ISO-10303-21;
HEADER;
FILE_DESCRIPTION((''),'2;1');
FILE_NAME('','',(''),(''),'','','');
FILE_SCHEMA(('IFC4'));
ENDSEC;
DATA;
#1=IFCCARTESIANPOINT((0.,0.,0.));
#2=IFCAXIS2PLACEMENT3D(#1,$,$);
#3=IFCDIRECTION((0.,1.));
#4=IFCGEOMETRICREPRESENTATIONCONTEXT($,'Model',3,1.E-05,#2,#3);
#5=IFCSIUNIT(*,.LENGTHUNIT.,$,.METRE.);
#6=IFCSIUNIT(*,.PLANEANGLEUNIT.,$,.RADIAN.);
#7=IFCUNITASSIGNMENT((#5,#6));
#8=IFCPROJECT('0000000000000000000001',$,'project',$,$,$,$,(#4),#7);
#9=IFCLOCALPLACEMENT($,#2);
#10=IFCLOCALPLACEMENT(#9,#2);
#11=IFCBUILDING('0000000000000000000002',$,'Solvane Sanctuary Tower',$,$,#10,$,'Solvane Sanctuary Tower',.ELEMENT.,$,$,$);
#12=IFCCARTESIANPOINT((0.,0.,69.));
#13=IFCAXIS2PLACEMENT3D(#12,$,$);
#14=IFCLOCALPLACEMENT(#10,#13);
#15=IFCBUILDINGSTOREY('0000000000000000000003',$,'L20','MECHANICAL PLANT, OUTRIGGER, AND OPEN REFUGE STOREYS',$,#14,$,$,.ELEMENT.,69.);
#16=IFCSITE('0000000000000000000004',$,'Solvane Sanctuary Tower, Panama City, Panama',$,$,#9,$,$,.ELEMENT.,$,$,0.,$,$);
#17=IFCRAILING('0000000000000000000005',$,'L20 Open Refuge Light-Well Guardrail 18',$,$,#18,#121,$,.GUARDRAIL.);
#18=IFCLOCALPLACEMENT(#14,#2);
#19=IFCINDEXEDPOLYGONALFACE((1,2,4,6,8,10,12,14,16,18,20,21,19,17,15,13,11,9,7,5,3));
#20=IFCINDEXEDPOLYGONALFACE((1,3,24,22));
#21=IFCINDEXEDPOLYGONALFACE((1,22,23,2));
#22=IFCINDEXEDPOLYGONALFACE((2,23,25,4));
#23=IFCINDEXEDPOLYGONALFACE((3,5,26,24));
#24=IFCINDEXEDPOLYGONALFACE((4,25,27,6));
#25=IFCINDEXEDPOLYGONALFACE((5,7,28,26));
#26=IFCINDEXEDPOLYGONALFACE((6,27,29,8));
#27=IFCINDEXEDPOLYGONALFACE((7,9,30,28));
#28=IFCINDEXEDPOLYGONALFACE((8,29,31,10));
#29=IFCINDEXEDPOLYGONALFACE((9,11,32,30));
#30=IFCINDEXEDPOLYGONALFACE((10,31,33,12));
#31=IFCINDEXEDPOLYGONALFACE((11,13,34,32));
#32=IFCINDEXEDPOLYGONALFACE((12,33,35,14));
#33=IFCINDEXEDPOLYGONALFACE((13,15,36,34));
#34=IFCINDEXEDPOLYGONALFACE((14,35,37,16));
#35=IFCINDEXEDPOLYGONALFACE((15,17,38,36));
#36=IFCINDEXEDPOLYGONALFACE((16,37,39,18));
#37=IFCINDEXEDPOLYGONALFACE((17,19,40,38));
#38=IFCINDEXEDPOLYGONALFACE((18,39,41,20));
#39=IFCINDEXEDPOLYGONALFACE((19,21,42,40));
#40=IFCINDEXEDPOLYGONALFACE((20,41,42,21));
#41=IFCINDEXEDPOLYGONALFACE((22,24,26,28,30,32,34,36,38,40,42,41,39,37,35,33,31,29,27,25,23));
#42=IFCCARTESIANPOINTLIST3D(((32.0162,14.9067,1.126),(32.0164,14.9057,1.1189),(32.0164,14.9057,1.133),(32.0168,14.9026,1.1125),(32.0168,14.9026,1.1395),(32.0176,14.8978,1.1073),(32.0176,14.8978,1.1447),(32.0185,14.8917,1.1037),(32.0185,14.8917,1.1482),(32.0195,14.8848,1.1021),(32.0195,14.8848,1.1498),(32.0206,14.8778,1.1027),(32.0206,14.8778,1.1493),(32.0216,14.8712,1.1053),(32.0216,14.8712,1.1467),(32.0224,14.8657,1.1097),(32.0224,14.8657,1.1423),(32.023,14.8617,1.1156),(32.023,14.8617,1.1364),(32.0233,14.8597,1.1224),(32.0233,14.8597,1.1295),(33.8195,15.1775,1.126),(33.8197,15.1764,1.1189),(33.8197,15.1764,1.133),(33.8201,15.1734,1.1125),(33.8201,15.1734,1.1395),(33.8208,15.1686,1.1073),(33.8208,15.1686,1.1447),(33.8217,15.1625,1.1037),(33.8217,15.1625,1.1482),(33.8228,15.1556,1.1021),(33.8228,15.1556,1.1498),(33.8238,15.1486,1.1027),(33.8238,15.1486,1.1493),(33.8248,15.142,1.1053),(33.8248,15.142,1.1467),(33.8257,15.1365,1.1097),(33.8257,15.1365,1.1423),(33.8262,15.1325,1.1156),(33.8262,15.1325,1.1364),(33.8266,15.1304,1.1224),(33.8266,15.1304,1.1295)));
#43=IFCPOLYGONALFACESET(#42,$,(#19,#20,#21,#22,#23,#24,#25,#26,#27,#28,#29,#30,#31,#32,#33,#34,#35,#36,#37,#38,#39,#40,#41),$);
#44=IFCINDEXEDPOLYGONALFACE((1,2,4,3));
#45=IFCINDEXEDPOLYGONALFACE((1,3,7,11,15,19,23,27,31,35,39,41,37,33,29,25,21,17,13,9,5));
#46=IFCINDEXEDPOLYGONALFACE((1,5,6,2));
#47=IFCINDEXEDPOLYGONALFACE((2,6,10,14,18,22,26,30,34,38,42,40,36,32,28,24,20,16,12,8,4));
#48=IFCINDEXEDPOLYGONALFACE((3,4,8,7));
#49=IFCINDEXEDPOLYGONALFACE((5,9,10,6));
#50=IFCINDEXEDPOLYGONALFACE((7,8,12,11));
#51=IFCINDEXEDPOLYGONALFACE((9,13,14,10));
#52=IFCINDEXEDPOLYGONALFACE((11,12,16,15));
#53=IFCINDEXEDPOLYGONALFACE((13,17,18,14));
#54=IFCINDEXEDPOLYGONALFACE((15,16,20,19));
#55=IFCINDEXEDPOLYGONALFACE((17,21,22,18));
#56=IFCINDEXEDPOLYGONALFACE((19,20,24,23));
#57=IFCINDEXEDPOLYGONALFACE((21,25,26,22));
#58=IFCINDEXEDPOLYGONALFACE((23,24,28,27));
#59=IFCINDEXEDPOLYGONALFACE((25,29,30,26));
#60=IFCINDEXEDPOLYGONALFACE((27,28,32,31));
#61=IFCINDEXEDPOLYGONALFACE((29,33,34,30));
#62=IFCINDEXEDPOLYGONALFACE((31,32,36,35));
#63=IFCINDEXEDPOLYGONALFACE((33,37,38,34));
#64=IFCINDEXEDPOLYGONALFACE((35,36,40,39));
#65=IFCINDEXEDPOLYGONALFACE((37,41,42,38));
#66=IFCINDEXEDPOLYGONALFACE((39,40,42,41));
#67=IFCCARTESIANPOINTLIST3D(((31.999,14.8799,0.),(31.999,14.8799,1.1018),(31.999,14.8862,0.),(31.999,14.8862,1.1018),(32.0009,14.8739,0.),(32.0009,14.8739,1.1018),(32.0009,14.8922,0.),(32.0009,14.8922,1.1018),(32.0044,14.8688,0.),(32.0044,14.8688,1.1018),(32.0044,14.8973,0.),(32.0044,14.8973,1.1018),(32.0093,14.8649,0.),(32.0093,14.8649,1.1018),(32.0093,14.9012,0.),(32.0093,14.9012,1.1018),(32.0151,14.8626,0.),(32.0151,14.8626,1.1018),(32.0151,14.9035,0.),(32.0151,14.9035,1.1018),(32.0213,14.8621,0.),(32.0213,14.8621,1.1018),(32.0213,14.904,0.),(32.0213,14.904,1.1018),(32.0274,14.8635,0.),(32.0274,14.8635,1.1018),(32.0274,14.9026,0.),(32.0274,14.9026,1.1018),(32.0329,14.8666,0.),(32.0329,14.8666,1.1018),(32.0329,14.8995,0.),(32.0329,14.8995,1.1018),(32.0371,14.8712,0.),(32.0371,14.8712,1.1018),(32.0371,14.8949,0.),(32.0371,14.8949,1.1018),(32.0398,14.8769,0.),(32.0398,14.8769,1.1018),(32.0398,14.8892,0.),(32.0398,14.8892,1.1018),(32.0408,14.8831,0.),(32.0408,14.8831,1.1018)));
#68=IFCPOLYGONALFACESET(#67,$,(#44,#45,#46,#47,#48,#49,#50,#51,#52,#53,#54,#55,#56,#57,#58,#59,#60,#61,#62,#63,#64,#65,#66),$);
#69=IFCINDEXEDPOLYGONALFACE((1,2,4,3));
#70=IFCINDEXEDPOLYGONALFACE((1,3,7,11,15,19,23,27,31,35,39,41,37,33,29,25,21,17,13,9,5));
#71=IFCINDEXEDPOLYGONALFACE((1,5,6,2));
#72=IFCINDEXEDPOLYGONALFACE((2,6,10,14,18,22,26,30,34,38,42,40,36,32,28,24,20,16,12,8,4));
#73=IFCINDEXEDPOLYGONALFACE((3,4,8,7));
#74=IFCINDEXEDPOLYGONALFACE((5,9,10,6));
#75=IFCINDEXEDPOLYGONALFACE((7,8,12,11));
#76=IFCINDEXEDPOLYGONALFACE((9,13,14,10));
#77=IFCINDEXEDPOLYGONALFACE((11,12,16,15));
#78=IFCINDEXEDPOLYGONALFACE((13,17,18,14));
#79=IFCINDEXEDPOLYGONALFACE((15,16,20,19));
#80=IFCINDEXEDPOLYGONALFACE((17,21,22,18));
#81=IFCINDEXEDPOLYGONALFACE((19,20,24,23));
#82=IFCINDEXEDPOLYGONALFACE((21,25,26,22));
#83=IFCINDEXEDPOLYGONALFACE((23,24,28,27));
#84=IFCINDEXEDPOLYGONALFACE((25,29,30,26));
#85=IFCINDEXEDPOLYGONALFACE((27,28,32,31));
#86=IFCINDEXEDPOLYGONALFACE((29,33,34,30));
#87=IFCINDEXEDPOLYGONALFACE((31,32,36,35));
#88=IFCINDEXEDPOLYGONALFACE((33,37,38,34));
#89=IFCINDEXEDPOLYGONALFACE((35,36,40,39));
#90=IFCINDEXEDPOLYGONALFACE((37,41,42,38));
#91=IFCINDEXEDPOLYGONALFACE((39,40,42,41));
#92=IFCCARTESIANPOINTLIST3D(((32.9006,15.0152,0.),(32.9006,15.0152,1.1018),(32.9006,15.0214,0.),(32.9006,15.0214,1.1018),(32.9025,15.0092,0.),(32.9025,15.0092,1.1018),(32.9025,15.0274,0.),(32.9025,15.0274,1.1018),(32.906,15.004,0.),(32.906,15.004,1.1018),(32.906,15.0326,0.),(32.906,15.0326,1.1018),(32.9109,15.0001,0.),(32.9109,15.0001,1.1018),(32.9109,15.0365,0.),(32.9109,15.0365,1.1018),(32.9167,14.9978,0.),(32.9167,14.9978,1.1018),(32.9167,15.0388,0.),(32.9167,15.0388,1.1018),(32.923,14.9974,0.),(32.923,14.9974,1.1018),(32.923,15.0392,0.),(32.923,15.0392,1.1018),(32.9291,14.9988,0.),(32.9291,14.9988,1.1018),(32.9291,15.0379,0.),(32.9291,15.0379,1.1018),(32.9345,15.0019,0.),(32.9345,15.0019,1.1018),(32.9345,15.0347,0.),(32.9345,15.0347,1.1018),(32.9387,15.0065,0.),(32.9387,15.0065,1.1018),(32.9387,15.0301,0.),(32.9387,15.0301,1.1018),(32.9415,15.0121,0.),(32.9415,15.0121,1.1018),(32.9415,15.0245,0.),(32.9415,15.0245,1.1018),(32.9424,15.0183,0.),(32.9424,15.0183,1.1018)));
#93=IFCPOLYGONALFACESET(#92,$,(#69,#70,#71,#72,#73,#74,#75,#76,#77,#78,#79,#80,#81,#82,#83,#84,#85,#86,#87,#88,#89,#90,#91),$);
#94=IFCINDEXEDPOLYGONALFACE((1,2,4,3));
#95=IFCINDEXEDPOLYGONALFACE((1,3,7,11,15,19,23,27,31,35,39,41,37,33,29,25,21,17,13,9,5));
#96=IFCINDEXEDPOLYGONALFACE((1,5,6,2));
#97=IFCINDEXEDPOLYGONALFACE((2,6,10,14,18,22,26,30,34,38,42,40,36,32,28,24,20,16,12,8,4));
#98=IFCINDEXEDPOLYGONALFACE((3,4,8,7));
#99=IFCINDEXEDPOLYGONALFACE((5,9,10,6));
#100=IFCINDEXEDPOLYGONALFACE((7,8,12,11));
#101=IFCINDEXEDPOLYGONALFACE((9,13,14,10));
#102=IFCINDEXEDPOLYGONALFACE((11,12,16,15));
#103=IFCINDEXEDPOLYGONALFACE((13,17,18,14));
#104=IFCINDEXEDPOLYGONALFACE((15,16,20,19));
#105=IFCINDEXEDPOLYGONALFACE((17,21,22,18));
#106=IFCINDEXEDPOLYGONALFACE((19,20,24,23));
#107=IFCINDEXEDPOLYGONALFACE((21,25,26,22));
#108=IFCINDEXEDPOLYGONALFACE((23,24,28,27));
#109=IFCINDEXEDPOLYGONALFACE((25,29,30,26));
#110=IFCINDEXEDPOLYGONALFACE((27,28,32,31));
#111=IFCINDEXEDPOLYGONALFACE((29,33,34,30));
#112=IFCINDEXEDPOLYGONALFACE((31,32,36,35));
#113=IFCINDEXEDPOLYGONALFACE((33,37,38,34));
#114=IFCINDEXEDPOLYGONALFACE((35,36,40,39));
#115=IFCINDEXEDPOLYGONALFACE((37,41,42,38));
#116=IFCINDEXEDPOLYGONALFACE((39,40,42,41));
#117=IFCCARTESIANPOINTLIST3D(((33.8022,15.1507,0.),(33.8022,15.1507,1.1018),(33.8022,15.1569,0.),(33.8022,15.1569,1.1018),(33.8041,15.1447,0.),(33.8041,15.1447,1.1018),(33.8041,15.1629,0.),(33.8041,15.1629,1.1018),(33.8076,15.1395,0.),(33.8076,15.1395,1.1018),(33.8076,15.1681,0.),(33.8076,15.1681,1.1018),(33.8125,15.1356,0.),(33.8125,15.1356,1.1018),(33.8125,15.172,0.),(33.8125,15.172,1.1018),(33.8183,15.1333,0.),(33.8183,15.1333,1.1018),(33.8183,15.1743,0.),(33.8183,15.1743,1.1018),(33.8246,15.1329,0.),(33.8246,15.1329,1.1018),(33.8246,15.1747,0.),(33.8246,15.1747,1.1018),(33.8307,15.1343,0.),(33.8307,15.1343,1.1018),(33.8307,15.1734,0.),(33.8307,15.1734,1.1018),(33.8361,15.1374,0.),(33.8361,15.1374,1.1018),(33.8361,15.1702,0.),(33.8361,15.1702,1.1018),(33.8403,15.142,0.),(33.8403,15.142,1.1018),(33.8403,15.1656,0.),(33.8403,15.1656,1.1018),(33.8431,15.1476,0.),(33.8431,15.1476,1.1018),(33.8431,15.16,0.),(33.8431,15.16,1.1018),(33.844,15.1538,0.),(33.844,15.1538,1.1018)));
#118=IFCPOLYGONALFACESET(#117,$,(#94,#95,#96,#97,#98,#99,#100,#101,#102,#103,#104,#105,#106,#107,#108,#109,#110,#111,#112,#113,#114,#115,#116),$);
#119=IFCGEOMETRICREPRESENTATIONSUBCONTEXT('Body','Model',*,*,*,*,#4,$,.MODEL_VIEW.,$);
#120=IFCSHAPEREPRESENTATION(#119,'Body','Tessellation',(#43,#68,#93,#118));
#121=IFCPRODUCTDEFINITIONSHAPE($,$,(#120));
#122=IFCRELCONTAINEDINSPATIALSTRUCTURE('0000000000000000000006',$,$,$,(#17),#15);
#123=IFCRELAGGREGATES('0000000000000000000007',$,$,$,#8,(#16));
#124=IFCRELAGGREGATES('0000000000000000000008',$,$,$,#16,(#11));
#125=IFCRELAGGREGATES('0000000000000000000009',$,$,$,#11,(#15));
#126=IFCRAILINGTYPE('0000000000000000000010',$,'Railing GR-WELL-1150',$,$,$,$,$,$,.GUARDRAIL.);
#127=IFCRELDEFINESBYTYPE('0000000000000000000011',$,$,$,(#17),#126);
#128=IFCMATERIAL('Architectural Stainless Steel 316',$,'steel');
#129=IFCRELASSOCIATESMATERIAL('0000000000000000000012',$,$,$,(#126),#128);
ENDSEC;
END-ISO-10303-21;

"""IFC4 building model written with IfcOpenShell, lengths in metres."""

from ifc_helpers import new_model, si_unit, direction, frame, origin, origin_2d, place, context, subcontext, project, spatial, circle, extrude, material, type_object, element, save


model = new_model("IFC4")

# Units and contexts
model_context = context("Model", 3, precision=1e-05, world=origin(), true_north=direction((0.0, 1.0)))
body_context = subcontext(model_context, "Body", "Model", "MODEL_VIEW")
ifc_project = project(units=[si_unit("LENGTHUNIT", "METRE"), si_unit("PLANEANGLEUNIT", "RADIAN")], contexts=[model_context])

# Site, building, storey
site_placement = place(None, origin())
site = spatial("IfcSite", under=ifc_project, at=site_placement, Name="Solvane Sanctuary Tower, Panama City, Panama", CompositionType="ELEMENT", RefElevation=0.0)
building_placement = place(site_placement, origin())
building = spatial("IfcBuilding", under=site, at=building_placement, Name="Solvane Sanctuary Tower", LongName="Solvane Sanctuary Tower", CompositionType="ELEMENT")
storey_placement = place(building_placement, frame((0.0, 0.0, 69.0)))
storey = spatial("IfcBuildingStorey", under=building, at=storey_placement, Name="L20", Description="MECHANICAL PLANT, OUTRIGGER, AND OPEN REFUGE STOREYS", CompositionType="ELEMENT", Elevation=69.0)

# Shared definitions
ifc_material_1 = material(Name="Architectural Stainless Steel 316", Category="steel")

# Railing
railing_type_1 = type_object("IfcRailingType", Name="Railing GR-WELL-1150", PredefinedType="GUARDRAIL", material=ifc_material_1)
railing_1_placement = place(storey_placement, frame((32.0198, 14.8831, 0.0)))
element("IfcRailing", 1, at=railing_1_placement, inside=storey, type_object=railing_type_1, Name="L20 Open Refuge Light-Well Guardrail 18", PredefinedType="GUARDRAIL", context=body_context, shape_type="SweptSolid", body=[
    extrude(circle(Radius=0.0239, at=origin_2d()), frame((0.0, 0.0, 1.126), z_axis=(0.988915, 0.148484, 0.0), x_axis=(-0.148484, 0.988915, 0.0)), (0.0, 0.0, 1.0), 1.8235),
    extrude(circle(Radius=0.021, at=origin_2d()), origin(), (0.0, 0.0, 1.0), 1.1018),
    extrude(circle(Radius=0.021, at=origin_2d()), frame((0.9016, 0.1353, 0.0)), (0.0, 0.0, 1.0), 1.1018),
    extrude(circle(Radius=0.021, at=origin_2d()), frame((1.8032, 0.2708, 0.0)), (0.0, 0.0, 1.0), 1.1018),
])

save(model, "model.ifc")
